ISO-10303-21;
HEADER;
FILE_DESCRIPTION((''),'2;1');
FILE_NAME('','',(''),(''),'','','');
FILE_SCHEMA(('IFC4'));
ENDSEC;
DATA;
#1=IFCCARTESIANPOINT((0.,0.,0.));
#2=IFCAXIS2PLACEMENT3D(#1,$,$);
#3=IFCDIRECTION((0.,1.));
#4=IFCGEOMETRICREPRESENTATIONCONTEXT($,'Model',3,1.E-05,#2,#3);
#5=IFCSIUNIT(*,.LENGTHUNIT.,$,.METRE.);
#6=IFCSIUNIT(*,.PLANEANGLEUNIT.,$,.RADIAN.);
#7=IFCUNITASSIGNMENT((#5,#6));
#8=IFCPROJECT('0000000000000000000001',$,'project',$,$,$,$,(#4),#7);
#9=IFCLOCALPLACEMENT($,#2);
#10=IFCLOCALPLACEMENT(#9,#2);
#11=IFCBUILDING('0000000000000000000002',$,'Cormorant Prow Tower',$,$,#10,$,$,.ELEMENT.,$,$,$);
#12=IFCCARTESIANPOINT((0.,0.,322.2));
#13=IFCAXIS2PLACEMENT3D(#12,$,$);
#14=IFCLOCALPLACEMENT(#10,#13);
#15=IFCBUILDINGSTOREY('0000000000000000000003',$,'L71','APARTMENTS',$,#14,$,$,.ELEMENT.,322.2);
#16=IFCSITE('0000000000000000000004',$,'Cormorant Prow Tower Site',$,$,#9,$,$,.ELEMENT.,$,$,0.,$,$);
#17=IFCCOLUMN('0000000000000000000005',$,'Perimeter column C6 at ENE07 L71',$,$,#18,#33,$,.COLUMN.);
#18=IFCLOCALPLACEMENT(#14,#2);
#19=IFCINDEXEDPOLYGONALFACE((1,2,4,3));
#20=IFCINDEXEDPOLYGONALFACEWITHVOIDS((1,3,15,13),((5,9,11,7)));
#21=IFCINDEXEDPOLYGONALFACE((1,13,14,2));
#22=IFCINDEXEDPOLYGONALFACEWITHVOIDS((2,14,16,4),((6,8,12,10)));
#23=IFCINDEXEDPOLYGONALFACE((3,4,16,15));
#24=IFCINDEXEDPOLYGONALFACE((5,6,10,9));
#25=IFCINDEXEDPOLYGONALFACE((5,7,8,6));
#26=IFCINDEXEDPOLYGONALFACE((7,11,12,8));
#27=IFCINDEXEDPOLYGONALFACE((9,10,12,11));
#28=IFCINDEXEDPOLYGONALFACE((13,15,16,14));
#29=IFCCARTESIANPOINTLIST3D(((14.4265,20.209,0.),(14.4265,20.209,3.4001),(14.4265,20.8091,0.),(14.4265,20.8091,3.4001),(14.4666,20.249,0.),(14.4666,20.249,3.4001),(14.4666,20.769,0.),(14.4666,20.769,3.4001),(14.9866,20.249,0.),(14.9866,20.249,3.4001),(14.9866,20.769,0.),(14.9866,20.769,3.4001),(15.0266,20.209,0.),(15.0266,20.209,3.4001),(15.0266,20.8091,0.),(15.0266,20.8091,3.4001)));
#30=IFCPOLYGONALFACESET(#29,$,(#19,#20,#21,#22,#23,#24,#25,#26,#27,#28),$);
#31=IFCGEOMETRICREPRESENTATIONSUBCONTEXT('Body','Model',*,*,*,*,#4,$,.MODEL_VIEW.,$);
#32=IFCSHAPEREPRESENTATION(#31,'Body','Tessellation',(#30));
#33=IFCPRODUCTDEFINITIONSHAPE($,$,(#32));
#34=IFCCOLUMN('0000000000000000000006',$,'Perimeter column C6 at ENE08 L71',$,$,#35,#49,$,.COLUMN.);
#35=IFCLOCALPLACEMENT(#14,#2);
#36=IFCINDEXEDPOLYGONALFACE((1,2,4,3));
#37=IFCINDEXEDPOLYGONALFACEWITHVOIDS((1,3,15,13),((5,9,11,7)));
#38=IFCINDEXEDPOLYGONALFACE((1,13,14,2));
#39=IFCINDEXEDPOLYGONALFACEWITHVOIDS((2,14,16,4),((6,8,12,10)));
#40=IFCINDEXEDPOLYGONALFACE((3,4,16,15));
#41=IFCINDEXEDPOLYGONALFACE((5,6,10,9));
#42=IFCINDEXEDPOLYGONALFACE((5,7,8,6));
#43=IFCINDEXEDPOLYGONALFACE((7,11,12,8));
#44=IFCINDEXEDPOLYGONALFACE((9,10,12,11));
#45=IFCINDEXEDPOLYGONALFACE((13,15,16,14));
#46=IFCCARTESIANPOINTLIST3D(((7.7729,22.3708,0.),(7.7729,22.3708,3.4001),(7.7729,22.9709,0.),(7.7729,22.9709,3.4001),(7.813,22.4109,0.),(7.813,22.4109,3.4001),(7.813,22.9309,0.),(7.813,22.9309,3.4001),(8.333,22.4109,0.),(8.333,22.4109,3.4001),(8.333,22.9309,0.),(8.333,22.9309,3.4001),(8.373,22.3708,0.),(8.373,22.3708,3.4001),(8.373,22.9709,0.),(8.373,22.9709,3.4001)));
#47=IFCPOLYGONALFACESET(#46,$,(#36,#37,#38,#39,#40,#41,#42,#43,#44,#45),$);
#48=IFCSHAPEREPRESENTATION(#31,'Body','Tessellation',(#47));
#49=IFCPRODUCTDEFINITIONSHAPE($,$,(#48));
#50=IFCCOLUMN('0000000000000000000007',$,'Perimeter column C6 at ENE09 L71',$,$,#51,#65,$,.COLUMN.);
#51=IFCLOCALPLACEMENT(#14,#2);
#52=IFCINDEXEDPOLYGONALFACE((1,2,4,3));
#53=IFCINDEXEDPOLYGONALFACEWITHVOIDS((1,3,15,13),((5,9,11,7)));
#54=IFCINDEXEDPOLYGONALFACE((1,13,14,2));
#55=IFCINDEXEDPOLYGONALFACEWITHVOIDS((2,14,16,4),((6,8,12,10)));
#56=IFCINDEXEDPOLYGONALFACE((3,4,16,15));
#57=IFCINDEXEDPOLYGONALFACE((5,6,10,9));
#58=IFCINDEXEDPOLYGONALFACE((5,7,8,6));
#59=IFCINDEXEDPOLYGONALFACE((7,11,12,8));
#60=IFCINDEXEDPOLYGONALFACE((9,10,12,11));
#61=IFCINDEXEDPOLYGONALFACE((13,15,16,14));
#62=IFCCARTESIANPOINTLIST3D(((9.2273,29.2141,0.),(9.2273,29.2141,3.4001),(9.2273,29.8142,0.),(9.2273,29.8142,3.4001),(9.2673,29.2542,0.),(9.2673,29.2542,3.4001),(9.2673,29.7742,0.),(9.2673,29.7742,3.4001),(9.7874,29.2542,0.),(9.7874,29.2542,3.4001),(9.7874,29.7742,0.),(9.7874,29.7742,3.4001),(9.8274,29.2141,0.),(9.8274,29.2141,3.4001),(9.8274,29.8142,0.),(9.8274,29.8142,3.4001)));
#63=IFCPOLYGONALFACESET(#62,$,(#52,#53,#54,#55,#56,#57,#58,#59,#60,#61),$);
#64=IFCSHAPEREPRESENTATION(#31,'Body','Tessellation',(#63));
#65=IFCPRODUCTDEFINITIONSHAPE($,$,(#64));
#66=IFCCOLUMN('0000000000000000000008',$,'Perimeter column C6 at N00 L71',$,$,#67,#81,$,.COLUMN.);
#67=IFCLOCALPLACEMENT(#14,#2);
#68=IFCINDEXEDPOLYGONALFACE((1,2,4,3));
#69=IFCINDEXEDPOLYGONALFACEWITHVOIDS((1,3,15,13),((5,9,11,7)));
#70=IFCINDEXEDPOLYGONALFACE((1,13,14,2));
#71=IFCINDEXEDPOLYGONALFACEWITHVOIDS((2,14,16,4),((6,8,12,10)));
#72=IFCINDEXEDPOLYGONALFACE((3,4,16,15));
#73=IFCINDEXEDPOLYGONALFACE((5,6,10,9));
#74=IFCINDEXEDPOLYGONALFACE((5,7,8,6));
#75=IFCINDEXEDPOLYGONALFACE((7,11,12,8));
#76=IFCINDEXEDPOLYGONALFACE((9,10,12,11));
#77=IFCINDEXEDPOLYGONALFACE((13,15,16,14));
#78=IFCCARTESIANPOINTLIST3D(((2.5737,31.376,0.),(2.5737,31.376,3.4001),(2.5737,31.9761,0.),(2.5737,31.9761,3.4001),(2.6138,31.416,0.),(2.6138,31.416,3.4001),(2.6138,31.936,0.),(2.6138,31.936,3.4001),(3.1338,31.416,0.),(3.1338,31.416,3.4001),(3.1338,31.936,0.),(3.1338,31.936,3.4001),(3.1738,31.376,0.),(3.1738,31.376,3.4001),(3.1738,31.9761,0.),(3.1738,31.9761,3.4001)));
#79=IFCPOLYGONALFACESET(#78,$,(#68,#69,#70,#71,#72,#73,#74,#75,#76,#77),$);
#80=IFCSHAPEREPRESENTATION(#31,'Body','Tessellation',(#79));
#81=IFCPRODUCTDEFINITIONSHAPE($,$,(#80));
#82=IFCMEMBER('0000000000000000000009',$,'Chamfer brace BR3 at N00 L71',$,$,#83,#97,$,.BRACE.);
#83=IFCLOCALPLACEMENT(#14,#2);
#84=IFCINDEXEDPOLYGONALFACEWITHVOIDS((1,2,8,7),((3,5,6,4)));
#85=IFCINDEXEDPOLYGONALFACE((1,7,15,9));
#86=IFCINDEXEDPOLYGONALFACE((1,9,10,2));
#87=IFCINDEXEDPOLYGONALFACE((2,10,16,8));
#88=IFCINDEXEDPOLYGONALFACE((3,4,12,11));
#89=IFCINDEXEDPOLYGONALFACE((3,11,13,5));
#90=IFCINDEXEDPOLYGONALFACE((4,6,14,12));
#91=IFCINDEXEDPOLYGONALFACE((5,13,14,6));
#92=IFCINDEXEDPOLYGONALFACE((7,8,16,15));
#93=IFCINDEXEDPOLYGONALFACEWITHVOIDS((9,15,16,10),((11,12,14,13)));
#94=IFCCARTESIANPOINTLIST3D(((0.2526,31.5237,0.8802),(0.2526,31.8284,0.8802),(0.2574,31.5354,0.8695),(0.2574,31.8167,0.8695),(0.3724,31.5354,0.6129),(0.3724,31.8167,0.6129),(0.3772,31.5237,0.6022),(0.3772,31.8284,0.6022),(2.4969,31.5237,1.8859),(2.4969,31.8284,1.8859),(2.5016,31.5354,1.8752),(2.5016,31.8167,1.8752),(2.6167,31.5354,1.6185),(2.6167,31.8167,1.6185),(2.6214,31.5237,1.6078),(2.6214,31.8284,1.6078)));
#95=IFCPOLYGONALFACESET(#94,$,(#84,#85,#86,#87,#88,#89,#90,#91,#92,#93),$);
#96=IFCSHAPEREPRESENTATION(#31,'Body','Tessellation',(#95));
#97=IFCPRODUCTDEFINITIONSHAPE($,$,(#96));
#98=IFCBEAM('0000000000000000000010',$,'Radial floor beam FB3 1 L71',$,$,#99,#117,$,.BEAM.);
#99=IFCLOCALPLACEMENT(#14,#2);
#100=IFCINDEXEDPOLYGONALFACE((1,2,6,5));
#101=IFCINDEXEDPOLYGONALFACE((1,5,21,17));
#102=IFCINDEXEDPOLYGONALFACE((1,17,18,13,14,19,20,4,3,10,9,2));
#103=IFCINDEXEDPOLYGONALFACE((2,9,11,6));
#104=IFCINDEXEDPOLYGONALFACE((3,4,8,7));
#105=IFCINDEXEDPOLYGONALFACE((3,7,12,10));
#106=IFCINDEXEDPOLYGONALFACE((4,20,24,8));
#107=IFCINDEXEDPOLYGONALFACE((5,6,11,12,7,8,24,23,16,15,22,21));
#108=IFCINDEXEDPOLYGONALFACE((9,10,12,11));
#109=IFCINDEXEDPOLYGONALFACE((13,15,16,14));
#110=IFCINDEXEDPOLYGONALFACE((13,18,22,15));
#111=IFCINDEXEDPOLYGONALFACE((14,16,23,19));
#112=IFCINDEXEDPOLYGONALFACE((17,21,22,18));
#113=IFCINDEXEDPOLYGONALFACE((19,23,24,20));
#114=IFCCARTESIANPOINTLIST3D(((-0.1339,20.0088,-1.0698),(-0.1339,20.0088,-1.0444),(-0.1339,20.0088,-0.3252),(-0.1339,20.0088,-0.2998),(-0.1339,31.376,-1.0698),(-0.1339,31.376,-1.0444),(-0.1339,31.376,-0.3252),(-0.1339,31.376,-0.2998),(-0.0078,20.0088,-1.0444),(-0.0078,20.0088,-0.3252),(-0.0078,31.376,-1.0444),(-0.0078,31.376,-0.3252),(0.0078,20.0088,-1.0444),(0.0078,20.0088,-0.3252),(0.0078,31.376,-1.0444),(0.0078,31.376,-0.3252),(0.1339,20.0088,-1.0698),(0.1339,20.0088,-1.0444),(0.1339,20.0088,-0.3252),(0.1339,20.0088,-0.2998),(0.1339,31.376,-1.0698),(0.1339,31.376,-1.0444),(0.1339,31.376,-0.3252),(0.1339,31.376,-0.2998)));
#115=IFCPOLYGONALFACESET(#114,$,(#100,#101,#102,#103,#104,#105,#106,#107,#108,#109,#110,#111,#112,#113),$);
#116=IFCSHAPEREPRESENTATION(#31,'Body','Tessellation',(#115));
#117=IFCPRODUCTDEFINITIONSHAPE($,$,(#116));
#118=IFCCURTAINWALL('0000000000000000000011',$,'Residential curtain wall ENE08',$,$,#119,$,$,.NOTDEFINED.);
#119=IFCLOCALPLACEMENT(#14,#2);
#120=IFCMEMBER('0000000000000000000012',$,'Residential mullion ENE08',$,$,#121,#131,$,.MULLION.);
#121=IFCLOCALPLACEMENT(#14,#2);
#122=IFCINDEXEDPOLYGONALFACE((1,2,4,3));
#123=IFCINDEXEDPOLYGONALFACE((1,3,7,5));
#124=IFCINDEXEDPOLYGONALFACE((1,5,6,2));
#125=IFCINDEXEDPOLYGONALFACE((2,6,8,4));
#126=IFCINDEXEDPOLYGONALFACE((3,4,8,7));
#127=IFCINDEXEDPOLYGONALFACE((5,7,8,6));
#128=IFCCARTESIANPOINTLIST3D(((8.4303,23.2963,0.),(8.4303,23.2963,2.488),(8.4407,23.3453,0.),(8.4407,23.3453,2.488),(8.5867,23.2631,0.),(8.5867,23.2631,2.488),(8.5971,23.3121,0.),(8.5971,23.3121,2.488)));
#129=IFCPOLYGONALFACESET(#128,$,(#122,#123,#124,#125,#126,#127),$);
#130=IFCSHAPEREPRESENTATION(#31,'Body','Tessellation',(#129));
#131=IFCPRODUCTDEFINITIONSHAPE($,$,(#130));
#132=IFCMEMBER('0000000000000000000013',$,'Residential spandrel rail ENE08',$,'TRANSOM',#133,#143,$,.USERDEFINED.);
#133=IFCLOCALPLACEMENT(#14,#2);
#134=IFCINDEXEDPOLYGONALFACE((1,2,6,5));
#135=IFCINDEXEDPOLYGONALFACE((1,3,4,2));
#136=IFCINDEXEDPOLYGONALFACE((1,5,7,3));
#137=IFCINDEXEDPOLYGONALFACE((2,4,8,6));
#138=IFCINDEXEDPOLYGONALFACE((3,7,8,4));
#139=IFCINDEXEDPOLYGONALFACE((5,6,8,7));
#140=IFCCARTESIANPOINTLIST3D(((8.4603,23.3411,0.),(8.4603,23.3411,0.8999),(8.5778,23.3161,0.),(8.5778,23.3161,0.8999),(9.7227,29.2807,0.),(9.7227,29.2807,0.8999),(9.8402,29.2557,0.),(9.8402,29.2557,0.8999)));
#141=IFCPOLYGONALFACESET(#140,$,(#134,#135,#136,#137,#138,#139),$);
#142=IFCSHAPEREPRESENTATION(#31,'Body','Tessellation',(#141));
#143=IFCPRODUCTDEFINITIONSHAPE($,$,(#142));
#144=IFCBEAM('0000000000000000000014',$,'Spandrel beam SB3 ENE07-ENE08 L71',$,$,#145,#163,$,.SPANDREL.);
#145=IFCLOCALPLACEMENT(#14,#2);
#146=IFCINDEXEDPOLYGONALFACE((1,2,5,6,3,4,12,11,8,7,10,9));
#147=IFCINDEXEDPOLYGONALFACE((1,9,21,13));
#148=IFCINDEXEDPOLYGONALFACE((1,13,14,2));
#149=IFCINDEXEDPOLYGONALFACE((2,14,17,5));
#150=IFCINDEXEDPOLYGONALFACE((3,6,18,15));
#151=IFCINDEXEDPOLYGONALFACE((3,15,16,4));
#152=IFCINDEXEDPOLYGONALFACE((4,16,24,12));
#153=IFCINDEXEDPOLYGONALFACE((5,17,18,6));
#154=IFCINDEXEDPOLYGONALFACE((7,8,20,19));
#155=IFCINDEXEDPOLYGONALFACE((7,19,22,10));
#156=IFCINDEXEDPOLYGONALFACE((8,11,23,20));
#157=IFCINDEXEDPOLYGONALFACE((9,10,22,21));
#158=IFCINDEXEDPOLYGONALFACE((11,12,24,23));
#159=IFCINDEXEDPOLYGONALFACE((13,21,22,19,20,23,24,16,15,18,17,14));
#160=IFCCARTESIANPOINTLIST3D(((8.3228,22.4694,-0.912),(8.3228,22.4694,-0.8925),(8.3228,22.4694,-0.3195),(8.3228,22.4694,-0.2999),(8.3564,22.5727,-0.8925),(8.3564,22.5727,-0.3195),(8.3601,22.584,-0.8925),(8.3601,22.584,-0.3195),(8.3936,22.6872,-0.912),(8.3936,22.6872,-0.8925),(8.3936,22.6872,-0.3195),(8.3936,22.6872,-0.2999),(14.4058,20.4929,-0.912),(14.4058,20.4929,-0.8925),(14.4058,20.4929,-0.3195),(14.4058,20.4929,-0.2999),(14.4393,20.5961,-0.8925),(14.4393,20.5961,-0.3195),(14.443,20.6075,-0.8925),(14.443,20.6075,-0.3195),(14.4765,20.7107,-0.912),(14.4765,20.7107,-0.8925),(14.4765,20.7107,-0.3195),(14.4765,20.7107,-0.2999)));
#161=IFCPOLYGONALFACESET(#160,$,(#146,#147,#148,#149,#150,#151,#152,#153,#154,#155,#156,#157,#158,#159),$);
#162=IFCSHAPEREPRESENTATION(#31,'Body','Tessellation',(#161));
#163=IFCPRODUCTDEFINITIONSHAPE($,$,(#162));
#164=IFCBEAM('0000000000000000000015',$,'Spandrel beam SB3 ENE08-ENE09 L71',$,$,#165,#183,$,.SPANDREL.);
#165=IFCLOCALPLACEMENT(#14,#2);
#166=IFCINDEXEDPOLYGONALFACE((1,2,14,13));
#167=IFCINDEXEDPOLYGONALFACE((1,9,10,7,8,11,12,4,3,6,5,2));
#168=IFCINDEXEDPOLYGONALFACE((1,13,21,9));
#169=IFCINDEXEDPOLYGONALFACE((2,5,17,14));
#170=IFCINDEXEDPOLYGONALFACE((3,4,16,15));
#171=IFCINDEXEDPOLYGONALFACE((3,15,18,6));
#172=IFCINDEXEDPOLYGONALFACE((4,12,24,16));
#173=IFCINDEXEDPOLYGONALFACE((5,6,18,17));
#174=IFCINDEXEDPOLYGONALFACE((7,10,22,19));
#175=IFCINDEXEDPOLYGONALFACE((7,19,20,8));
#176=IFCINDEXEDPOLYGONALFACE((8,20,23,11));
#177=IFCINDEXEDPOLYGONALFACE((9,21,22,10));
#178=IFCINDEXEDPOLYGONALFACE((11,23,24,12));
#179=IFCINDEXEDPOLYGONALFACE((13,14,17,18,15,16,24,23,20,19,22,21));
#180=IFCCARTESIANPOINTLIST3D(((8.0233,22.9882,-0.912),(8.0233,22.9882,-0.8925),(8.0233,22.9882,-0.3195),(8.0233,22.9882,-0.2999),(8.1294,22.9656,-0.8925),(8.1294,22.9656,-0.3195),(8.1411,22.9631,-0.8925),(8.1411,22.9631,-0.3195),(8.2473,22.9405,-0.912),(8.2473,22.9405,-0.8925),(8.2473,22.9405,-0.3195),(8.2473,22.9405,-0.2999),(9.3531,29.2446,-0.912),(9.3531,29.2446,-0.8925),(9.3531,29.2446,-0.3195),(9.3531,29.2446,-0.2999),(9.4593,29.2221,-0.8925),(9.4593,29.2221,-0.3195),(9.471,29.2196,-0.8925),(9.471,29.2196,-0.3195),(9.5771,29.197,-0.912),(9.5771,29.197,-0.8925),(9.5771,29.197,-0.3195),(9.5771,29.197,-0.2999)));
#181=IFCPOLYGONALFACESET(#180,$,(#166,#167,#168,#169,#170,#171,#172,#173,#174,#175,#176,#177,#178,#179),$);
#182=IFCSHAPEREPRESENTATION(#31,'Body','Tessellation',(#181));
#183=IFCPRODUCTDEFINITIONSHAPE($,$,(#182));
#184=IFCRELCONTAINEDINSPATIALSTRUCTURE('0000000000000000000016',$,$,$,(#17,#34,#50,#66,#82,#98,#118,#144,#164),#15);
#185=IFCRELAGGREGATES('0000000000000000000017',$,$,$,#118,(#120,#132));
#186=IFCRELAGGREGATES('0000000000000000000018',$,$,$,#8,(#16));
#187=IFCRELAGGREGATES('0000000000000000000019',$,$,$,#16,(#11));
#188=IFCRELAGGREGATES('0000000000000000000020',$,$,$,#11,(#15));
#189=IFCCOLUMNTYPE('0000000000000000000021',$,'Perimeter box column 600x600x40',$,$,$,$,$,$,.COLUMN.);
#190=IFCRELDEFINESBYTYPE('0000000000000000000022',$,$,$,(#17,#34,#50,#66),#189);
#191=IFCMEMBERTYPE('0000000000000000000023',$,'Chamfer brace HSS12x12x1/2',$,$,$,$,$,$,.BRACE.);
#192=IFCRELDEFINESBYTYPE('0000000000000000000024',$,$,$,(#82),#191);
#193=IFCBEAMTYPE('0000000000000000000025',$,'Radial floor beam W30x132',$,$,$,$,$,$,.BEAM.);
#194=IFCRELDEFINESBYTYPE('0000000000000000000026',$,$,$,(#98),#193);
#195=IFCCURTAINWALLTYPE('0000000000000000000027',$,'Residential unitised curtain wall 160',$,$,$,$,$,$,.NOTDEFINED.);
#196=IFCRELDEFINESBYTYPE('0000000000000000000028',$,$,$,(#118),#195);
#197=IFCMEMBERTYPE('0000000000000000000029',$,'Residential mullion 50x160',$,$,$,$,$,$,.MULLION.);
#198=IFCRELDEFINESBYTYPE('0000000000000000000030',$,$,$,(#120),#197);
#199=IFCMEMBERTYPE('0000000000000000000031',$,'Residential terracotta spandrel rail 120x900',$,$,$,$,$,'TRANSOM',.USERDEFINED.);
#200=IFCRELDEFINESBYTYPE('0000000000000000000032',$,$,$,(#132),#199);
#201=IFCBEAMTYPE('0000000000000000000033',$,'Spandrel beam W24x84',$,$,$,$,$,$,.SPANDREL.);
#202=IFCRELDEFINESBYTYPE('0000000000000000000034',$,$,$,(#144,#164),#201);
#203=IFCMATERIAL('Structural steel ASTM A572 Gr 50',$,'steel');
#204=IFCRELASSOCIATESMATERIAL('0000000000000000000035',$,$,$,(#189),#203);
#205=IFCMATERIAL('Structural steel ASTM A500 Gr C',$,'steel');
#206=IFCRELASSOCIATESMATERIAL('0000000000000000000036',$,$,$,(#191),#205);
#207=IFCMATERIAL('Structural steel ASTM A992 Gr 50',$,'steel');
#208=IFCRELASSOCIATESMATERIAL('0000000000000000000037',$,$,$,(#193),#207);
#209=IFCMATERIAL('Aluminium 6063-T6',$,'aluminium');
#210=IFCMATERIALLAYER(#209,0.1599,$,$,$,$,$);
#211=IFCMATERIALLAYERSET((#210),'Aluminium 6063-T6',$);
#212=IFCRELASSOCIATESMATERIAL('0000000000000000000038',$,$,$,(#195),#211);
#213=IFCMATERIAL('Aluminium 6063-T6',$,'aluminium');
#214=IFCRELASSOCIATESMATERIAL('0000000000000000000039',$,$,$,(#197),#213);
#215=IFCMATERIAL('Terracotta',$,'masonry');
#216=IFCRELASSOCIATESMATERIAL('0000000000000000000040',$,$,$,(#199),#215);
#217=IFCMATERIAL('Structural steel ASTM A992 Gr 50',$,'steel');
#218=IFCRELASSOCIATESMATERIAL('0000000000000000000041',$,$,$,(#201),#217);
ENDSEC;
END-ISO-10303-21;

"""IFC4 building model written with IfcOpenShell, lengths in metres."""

from ifc_helpers import new_model, si_unit, direction, frame, origin, origin_2d, place, context, subcontext, project, spatial, rectangle, hollow_rectangle, i_section, extrude, material, layer, layer_set, material_profile, profile_set, type_object, element, aggregate, save


model = new_model("IFC4")

# Units and contexts
model_context = context("Model", 3, precision=1e-05, world=origin(), true_north=direction((0.0, 1.0)))
body_context = subcontext(model_context, "Body", "Model", "MODEL_VIEW")
ifc_project = project(units=[si_unit("LENGTHUNIT", "METRE"), si_unit("PLANEANGLEUNIT", "RADIAN")], contexts=[model_context])

# Site, building, storey
site_placement = place(None, origin())
site = spatial("IfcSite", under=ifc_project, at=site_placement, Name="Cormorant Prow Tower Site", CompositionType="ELEMENT", RefElevation=0.0)
building_placement = place(site_placement, origin())
building = spatial("IfcBuilding", under=site, at=building_placement, Name="Cormorant Prow Tower", CompositionType="ELEMENT")
storey_placement = place(building_placement, frame((0.0, 0.0, 322.2)))
storey = spatial("IfcBuildingStorey", under=building, at=storey_placement, Name="L71", Description="APARTMENTS", CompositionType="ELEMENT", Elevation=322.2)

# Columns
ifc_material_1 = material(Name="Structural steel ASTM A572 Gr 50", Category="steel")
ifc_material_profile_1 = material_profile(ifc_material_1, hollow_rectangle(XDim=0.6001, YDim=0.6001, WallThickness=0.04, at=origin_2d()), Name="Box 600x600x40")
ifc_profile_set_1 = profile_set([ifc_material_profile_1], Name="Structural steel ASTM A572 Gr 50")
column_type = type_object("IfcColumnType", Name="Perimeter box column 600x600x40", PredefinedType="COLUMN", material=ifc_profile_set_1)
for number, where, z_axis, x_axis, name in (
    (1, (14.7266, 20.509, 0.0), (0.0, 0.0, 1.0), (1.0, 0.0, 0.0), "Perimeter column C6 at ENE07 L71"),
    (2, (8.073, 22.6709, 0.0), (0.0, 0.0, 1.0), (1.0, 0.0, 0.0), "Perimeter column C6 at ENE08 L71"),
    (3, (9.5273, 29.5142, 0.0), (0.0, 0.0, 1.0), (1.0, 0.0, 0.0), "Perimeter column C6 at ENE09 L71"),
    (4, (2.8738, 31.676, 0.0), (0.0, 0.0, 1.0), (1.0, 0.0, 0.0), "Perimeter column C6 at N00 L71"),
):
    element("IfcColumn", number, at=place(storey_placement, frame(where, z_axis=z_axis, x_axis=x_axis)), inside=storey, type_object=column_type, Name=name, PredefinedType="COLUMN", context=body_context, shape_type="SweptSolid", body=[
        extrude(hollow_rectangle(XDim=0.6001, YDim=0.6001, WallThickness=0.04, at=origin_2d()), origin(), (0.0, 0.0, 1.0), 3.4001),
    ])

# Member
ifc_material_2 = material(Name="Structural steel ASTM A500 Gr C", Category="steel")
ifc_material_profile_2 = material_profile(ifc_material_2, hollow_rectangle(XDim=0.3047, YDim=0.3047, WallThickness=0.0117, at=origin_2d()), Name="HSS12x12x1/2")
ifc_profile_set_2 = profile_set([ifc_material_profile_2], Name="Structural steel ASTM A500 Gr C")
member_type_1 = type_object("IfcMemberType", Name="Chamfer brace HSS12x12x1/2", PredefinedType="BRACE", material=ifc_profile_set_2)
member_1_placement = place(storey_placement, frame((0.3149, 31.676, 0.7412), z_axis=(0.912567, 0.0, 0.408928), x_axis=(0.0, 1.0, 0.0)))
element("IfcMember", 5, at=member_1_placement, inside=storey, type_object=member_type_1, Name="Chamfer brace BR3 at N00 L71", PredefinedType="BRACE", context=body_context, shape_type="SweptSolid", body=[
    extrude(hollow_rectangle(XDim=0.3047, YDim=0.3047, WallThickness=0.0117, at=origin_2d()), origin(), (0.0, 0.0, 1.0), 2.4592),
])

# Beam
ifc_material_3 = material(Name="Structural steel ASTM A992 Gr 50", Category="steel")
ifc_material_profile_3 = material_profile(ifc_material_3, i_section(OverallWidth=0.2678, OverallDepth=0.77, WebThickness=0.0156, FlangeThickness=0.0254, at=origin_2d()), Name="W30x132")
ifc_profile_set_3 = profile_set([ifc_material_profile_3], Name="Structural steel ASTM A992 Gr 50")
beam_type_1 = type_object("IfcBeamType", Name="Radial floor beam W30x132", PredefinedType="BEAM", material=ifc_profile_set_3)
beam_1_placement = place(storey_placement, frame((0.0, 20.0088, -0.6848), z_axis=(0.0, 1.0, 0.0), x_axis=(-1.0, 0.0, 0.0)))
element("IfcBeam", 6, at=beam_1_placement, inside=storey, type_object=beam_type_1, Name="Radial floor beam FB3 1 L71", PredefinedType="BEAM", context=body_context, shape_type="SweptSolid", body=[
    extrude(i_section(OverallWidth=0.2678, OverallDepth=0.77, WebThickness=0.0156, FlangeThickness=0.0254, at=origin_2d()), origin(), (0.0, 0.0, 1.0), 11.3672),
])

# Curtain wall, members
ifc_material_4 = material(Name="Aluminium 6063-T6", Category="aluminium")
ifc_layer_1 = layer(ifc_material_4, 0.1599)
ifc_layer_set_1 = layer_set([ifc_layer_1], Name="Aluminium 6063-T6")
curtain_wall_type = type_object("IfcCurtainWallType", Name="Residential unitised curtain wall 160", PredefinedType="NOTDEFINED", material=ifc_layer_set_1)
curtain_wall_placement = place(storey_placement, origin())
curtain_wall = element("IfcCurtainWall", 7, at=curtain_wall_placement, inside=storey, type_object=curtain_wall_type, Name="Residential curtain wall ENE08", PredefinedType="NOTDEFINED")
ifc_material_5 = material(Name="Aluminium 6063-T6", Category="aluminium")
ifc_material_profile_4 = material_profile(ifc_material_5, rectangle(XDim=0.1599, YDim=0.05, at=origin_2d()), Name="Residential mullion 50x160")
ifc_profile_set_4 = profile_set([ifc_material_profile_4], Name="Aluminium 6063-T6")
member_type_2 = type_object("IfcMemberType", Name="Residential mullion 50x160", PredefinedType="MULLION", material=ifc_profile_set_4)
member_2_placement = place(storey_placement, frame((8.5137, 23.3042, 0.0), z_axis=(0.0, 0.0, 1.0), x_axis=(-0.978148, 0.207912, 0.0)))
member_2 = element("IfcMember", 8, at=member_2_placement, type_object=member_type_2, Name="Residential mullion ENE08", PredefinedType="MULLION", context=body_context, shape_type="SweptSolid", body=[
    extrude(rectangle(XDim=0.1599, YDim=0.05, at=origin_2d()), origin(), (0.0, 0.0, 1.0), 2.488),
])
ifc_material_6 = material(Name="Terracotta", Category="masonry")
ifc_material_profile_5 = material_profile(ifc_material_6, rectangle(XDim=0.1201, YDim=0.8999, at=origin_2d()), Name="Residential terracotta spandrel rail 120x900")
ifc_profile_set_5 = profile_set([ifc_material_profile_5], Name="Terracotta")
member_type_3 = type_object("IfcMemberType", Name="Residential terracotta spandrel rail 120x900", ElementType="TRANSOM", PredefinedType="USERDEFINED", material=ifc_profile_set_5)
member_3_placement = place(storey_placement, frame((8.519, 23.3286, 0.45), z_axis=(0.207901, 0.97815, 0.0), x_axis=(-0.97815, 0.207901, 0.0)))
member_3 = element("IfcMember", 9, at=member_3_placement, type_object=member_type_3, Name="Residential spandrel rail ENE08", ObjectType="TRANSOM", PredefinedType="USERDEFINED", context=body_context, shape_type="SweptSolid", body=[
    extrude(rectangle(XDim=0.1201, YDim=0.8999, at=origin_2d()), origin(), (0.0, 0.0, 1.0), 6.0723),
])

# Beams
ifc_material_7 = material(Name="Structural steel ASTM A992 Gr 50", Category="steel")
ifc_material_profile_6 = material_profile(ifc_material_7, i_section(OverallWidth=0.229, OverallDepth=0.6121, WebThickness=0.012, FlangeThickness=0.0195, at=origin_2d()), Name="W24x84")
ifc_profile_set_6 = profile_set([ifc_material_profile_6], Name="Structural steel ASTM A992 Gr 50")
beam_type_2 = type_object("IfcBeamType", Name="Spandrel beam W24x84", PredefinedType="SPANDREL", material=ifc_profile_set_6)
beam_2_placement = place(storey_placement, frame((14.4412, 20.6018, -0.606), z_axis=(-0.951053, 0.309027, 0.0), x_axis=(-0.309027, -0.951053, 0.0)))
element("IfcBeam", 10, at=beam_2_placement, inside=storey, type_object=beam_type_2, Name="Spandrel beam SB3 ENE07-ENE08 L71", PredefinedType="SPANDREL", context=body_context, shape_type="SweptSolid", body=[
    extrude(i_section(OverallWidth=0.229, OverallDepth=0.6121, WebThickness=0.012, FlangeThickness=0.0195, at=origin_2d()), origin(), (0.0, 0.0, 1.0), 6.396),
])
beam_3_placement = place(storey_placement, frame((8.1353, 22.9644, -0.606), z_axis=(0.207913, 0.978147, 0.0), x_axis=(-0.978147, 0.207913, 0.0)))
element("IfcBeam", 11, at=beam_3_placement, inside=storey, type_object=beam_type_2, Name="Spandrel beam SB3 ENE08-ENE09 L71", PredefinedType="SPANDREL", context=body_context, shape_type="SweptSolid", body=[
    extrude(i_section(OverallWidth=0.229, OverallDepth=0.6121, WebThickness=0.012, FlangeThickness=0.0195, at=origin_2d()), origin(), (0.0, 0.0, 1.0), 6.3962),
])

aggregate(curtain_wall, [member_2, member_3])

save(model, "model.ifc")
